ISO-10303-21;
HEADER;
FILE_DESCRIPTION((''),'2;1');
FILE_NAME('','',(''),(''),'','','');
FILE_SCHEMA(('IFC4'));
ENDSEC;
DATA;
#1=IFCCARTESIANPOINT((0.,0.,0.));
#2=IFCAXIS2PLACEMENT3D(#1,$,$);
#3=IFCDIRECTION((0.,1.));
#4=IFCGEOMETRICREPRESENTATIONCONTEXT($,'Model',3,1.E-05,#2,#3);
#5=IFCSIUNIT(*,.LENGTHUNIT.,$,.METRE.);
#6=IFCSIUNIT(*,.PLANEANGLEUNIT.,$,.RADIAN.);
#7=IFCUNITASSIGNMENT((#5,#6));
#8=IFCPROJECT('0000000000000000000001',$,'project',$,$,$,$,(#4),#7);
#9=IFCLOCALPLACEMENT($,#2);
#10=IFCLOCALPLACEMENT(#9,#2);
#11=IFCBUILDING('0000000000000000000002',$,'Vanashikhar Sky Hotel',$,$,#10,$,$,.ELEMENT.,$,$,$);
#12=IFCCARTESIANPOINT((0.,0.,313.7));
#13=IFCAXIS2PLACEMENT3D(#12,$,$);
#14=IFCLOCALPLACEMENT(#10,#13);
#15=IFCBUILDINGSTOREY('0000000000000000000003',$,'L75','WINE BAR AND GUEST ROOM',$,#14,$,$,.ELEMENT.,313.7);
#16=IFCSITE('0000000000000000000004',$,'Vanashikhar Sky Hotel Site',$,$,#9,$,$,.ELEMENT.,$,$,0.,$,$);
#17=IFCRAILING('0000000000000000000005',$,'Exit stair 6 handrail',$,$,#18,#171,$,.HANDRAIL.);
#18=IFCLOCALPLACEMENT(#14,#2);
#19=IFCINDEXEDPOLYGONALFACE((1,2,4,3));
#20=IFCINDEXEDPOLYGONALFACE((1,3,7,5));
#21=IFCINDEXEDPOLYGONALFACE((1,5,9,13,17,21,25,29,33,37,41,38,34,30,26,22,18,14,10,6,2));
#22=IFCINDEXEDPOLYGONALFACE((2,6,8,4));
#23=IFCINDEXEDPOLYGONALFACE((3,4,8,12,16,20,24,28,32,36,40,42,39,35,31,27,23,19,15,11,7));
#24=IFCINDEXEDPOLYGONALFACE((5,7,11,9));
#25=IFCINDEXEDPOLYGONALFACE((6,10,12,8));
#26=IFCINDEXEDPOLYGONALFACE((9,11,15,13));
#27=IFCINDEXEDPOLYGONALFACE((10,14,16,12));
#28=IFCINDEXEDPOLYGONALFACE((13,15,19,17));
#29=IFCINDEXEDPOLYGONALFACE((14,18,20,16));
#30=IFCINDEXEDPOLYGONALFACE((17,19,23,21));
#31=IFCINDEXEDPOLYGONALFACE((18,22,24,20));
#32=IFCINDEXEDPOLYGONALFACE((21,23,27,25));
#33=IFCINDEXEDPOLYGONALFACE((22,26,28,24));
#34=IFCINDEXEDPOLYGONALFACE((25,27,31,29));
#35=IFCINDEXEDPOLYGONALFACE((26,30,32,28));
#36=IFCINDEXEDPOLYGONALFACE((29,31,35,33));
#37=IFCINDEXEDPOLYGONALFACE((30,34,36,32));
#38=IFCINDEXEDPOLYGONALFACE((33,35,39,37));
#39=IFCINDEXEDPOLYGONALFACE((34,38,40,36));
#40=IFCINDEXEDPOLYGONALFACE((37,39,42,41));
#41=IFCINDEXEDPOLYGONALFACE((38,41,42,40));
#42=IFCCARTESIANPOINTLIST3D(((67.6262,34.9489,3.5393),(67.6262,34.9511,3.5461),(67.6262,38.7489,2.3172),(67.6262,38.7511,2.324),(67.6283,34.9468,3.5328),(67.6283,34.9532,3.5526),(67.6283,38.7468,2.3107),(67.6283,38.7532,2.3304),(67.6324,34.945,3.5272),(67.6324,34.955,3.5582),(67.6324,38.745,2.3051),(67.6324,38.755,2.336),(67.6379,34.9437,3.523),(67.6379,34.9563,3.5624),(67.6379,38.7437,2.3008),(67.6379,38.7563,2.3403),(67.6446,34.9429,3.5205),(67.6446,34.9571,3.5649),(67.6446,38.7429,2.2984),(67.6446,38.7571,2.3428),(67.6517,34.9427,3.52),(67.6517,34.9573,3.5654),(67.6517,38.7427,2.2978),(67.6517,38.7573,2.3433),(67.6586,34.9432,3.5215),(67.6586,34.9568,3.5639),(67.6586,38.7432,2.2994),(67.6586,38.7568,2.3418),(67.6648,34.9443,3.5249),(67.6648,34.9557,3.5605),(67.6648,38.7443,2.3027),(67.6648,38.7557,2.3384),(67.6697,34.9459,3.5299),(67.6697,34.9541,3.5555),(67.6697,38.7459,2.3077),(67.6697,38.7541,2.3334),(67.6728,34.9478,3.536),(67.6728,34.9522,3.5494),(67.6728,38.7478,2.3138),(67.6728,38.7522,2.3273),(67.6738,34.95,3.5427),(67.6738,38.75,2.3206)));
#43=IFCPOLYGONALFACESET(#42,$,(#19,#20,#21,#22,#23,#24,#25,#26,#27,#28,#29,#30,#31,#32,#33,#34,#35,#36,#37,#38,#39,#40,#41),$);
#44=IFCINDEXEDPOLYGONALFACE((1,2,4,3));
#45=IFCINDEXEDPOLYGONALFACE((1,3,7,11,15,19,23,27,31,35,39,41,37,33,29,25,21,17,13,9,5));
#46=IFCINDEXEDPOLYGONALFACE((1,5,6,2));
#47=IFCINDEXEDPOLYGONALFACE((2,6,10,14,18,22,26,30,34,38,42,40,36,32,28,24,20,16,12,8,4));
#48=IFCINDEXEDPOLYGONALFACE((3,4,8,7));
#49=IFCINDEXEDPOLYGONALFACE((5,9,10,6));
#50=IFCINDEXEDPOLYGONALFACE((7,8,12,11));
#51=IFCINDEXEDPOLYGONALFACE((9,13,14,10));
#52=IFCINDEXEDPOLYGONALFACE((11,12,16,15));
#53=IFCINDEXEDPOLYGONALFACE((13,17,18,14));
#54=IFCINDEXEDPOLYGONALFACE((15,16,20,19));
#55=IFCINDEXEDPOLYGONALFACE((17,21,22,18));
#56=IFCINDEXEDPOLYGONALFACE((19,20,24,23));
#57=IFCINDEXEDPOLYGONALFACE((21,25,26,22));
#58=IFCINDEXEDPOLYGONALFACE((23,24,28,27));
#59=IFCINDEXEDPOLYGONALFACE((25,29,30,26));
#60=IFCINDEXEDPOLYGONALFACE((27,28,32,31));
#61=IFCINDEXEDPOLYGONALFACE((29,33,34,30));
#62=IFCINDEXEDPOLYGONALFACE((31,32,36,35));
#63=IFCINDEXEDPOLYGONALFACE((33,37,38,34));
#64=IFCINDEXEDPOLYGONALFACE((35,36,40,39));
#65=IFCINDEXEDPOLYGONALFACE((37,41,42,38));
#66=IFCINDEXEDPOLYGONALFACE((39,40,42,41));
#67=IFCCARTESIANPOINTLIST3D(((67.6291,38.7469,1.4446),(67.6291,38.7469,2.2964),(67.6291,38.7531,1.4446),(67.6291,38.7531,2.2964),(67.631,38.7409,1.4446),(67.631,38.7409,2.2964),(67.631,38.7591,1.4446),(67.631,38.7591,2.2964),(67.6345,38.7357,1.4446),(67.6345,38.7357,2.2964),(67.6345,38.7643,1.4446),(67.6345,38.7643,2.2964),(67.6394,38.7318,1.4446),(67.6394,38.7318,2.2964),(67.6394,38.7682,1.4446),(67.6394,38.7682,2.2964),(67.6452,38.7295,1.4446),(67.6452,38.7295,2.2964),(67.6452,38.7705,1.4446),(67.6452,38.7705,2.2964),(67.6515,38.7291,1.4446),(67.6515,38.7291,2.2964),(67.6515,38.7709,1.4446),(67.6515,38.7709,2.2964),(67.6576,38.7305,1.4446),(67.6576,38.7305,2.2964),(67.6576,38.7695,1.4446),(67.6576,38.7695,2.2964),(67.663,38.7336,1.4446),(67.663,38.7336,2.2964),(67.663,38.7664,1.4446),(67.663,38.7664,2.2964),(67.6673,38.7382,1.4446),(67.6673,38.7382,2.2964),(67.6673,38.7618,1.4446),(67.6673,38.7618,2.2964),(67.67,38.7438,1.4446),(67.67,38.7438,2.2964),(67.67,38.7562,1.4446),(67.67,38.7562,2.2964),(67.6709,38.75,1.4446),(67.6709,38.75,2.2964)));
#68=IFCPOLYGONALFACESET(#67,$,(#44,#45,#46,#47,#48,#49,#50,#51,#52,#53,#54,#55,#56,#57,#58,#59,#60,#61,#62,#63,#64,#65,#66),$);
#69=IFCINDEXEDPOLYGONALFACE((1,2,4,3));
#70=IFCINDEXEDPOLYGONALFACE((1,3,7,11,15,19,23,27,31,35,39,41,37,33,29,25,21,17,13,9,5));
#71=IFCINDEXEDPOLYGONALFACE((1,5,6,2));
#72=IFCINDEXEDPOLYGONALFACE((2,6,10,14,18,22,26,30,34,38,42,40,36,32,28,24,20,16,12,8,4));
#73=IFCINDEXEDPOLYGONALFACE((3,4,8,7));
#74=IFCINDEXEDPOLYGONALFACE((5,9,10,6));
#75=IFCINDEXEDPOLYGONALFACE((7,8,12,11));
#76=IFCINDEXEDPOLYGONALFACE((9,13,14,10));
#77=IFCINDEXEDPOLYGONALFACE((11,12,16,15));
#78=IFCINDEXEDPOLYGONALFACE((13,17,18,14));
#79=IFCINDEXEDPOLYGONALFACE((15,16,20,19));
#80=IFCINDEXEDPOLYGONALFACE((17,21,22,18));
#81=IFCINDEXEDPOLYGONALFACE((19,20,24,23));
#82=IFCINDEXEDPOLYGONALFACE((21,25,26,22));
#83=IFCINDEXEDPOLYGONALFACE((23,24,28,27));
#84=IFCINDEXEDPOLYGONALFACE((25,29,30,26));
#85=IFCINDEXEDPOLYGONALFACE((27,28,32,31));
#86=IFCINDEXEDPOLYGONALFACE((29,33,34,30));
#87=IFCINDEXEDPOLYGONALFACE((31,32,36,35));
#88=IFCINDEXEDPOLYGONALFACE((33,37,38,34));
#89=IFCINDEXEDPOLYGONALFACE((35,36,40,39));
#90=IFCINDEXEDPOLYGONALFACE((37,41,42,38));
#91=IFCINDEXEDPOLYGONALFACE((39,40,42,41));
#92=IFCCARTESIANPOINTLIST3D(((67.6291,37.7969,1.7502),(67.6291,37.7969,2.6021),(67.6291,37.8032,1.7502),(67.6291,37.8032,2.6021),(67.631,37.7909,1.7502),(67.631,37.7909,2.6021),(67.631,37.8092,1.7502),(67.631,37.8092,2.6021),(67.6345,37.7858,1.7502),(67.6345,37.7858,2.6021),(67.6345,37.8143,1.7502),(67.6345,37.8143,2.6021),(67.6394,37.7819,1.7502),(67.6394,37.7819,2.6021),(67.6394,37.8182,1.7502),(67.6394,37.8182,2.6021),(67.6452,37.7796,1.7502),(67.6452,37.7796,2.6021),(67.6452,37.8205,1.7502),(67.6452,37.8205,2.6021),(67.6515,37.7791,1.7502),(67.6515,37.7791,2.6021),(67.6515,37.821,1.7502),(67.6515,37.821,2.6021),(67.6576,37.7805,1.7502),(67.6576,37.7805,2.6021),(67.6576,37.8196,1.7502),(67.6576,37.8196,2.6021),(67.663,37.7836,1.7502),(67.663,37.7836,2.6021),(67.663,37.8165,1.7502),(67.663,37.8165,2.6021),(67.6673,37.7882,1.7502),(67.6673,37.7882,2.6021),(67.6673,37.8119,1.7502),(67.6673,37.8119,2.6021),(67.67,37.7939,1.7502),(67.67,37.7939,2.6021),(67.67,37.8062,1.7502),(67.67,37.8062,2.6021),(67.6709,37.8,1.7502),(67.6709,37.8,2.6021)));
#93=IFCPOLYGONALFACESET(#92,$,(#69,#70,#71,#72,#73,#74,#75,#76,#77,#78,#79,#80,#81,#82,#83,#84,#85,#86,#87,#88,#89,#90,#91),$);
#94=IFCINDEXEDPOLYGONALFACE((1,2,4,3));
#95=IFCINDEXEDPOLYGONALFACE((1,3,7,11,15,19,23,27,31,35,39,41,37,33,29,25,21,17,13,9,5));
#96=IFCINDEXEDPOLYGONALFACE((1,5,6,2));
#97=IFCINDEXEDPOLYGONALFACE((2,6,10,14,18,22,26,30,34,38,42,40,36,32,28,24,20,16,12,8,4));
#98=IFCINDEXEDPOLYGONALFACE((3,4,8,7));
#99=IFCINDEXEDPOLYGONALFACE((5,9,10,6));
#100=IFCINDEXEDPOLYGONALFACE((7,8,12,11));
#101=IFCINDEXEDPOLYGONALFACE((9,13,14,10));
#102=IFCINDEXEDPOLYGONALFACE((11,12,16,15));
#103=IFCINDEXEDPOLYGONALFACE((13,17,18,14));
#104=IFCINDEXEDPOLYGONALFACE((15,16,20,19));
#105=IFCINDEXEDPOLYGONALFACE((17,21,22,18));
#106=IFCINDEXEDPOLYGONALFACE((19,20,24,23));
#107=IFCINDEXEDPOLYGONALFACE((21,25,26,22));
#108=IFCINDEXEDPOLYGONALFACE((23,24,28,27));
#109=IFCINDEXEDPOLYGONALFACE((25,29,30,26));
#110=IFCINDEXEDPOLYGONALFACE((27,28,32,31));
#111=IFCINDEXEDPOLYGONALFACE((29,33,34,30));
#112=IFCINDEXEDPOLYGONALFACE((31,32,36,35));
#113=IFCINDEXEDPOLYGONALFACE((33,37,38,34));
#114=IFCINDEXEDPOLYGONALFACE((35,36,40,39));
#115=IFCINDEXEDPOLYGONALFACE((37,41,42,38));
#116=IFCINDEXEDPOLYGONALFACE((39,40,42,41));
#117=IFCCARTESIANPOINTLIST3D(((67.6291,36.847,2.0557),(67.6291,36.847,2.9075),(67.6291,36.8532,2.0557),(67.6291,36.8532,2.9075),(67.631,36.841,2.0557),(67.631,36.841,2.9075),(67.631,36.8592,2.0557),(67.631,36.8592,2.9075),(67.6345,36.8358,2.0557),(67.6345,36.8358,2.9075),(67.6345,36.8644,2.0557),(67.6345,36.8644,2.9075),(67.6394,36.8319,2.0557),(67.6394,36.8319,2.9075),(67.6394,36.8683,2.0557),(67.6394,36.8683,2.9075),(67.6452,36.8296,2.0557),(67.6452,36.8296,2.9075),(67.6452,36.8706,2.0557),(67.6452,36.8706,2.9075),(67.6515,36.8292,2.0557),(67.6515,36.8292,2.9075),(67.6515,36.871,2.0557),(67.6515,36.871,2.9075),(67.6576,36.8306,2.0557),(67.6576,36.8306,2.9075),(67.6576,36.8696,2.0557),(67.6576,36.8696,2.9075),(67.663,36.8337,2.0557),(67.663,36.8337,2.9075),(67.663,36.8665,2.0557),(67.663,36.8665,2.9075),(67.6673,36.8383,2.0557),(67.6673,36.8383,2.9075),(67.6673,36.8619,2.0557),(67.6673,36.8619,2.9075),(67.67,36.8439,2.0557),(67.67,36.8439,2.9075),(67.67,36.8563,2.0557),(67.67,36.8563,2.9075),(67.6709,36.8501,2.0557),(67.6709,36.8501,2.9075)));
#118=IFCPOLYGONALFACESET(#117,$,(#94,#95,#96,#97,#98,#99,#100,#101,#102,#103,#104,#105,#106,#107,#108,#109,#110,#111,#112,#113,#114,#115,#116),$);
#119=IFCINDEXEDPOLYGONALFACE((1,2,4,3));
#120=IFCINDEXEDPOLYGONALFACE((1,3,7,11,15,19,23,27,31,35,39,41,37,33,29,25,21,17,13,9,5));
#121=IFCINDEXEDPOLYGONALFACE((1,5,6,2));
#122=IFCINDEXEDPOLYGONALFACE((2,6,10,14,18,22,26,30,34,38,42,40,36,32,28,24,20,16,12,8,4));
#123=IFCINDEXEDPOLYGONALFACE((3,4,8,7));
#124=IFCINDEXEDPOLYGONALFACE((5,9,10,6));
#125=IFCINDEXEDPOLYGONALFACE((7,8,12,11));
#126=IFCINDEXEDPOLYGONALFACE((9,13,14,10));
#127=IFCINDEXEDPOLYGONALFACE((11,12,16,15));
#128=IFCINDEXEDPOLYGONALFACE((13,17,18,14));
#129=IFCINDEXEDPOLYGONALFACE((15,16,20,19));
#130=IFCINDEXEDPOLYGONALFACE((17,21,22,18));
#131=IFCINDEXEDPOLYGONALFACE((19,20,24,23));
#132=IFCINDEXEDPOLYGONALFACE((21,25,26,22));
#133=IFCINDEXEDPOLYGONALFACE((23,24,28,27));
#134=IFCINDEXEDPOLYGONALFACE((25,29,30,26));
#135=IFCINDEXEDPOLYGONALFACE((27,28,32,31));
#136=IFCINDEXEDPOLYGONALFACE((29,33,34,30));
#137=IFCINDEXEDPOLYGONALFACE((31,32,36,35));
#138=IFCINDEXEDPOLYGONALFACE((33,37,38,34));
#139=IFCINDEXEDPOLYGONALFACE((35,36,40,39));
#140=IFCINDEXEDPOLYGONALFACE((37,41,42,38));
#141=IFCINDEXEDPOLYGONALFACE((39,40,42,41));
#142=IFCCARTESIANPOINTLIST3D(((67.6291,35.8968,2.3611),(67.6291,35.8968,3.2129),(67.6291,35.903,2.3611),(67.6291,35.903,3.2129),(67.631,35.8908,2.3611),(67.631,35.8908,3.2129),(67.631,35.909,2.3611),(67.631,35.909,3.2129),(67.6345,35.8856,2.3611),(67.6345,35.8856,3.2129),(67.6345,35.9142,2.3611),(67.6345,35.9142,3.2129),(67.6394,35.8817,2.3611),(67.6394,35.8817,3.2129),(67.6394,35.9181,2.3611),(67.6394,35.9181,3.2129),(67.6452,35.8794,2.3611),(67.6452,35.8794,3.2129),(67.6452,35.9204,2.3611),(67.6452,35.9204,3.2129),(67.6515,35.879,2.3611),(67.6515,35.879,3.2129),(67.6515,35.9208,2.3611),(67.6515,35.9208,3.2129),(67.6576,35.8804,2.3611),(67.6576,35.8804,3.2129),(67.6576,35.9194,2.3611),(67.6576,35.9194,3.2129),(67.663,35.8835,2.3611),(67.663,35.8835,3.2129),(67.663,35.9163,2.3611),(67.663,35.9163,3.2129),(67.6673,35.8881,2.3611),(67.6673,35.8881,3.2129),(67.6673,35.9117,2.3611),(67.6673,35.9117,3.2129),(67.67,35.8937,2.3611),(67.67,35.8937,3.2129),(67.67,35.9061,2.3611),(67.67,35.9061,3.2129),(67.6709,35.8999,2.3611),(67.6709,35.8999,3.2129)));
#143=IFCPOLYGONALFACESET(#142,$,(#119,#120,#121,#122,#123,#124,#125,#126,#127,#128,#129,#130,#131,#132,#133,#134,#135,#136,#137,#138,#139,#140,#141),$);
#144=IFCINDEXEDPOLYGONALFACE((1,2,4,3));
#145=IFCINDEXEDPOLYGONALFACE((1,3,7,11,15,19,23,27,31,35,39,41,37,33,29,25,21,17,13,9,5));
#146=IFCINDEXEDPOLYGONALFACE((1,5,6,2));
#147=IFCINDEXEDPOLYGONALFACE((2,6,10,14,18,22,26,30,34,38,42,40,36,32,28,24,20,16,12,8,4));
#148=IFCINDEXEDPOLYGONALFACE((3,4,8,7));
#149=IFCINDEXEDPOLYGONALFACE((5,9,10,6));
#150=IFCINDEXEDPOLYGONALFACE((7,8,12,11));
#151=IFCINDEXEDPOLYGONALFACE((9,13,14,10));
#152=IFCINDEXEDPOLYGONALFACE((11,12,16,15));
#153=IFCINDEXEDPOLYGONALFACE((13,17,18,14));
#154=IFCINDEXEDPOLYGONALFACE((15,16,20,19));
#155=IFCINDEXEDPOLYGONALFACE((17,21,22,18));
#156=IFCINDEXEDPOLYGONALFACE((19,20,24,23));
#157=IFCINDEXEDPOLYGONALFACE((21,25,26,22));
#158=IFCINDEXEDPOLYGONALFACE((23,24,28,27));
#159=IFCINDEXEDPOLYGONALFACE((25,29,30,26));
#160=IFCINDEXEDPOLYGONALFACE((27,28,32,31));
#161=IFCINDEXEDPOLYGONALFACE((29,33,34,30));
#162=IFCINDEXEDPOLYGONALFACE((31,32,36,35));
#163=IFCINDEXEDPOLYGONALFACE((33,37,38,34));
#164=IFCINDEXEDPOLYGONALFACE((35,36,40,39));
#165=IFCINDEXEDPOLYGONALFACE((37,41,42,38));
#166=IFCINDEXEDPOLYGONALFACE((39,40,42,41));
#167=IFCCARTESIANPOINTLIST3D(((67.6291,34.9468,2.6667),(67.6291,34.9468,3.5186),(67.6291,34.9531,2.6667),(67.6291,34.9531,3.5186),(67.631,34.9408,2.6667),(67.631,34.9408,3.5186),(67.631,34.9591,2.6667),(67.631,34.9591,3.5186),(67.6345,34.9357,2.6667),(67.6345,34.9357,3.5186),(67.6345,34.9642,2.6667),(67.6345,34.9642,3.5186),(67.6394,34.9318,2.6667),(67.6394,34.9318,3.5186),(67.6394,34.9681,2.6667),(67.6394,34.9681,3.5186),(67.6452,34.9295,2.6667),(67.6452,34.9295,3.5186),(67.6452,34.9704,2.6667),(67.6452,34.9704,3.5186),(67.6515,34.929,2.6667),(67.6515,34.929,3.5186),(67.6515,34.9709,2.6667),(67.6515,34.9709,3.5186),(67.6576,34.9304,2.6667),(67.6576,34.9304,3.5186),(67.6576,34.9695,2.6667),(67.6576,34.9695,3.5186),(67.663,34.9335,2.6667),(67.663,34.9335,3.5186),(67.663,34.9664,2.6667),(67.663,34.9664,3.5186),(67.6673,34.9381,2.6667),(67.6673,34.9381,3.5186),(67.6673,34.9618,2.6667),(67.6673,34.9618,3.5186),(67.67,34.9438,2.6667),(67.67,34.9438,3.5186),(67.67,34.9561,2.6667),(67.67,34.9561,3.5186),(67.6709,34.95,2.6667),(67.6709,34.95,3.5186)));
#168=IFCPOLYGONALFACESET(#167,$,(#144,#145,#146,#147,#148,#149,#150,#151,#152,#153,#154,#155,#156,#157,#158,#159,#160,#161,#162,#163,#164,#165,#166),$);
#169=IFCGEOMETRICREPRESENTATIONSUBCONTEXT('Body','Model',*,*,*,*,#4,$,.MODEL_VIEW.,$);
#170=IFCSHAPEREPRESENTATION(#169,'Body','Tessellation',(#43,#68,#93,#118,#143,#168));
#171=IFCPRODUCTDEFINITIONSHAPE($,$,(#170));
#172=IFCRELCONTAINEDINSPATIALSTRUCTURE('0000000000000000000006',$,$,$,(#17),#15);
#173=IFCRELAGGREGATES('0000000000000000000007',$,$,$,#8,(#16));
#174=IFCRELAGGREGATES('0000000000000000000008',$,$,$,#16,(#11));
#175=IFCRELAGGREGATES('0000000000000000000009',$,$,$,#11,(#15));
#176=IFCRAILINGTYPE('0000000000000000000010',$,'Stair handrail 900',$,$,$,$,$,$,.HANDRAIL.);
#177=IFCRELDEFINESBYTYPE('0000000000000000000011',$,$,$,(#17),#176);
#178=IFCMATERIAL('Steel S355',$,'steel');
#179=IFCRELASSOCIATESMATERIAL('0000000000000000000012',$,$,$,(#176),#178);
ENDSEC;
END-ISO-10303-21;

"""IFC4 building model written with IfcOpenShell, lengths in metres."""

from ifc_helpers import new_model, si_unit, direction, frame, origin, origin_2d, place, context, subcontext, project, spatial, circle, extrude, source, transform, mapped, material, type_object, element, save


model = new_model("IFC4")

# Units and contexts
model_context = context("Model", 3, precision=1e-05, world=origin(), true_north=direction((0.0, 1.0)))
body_context = subcontext(model_context, "Body", "Model", "MODEL_VIEW")
ifc_project = project(units=[si_unit("LENGTHUNIT", "METRE"), si_unit("PLANEANGLEUNIT", "RADIAN")], contexts=[model_context])

# Site, building, storey
site_placement = place(None, origin())
site = spatial("IfcSite", under=ifc_project, at=site_placement, Name="Vanashikhar Sky Hotel Site", CompositionType="ELEMENT", RefElevation=0.0)
building_placement = place(site_placement, origin())
building = spatial("IfcBuilding", under=site, at=building_placement, Name="Vanashikhar Sky Hotel", CompositionType="ELEMENT")
storey_placement = place(building_placement, frame((0.0, 0.0, 313.7)))
storey = spatial("IfcBuildingStorey", under=building, at=storey_placement, Name="L75", Description="WINE BAR AND GUEST ROOM", CompositionType="ELEMENT", Elevation=313.7)

# Railing
ifc_material_1 = material(Name="Steel S355", Category="steel")
railing_type_1 = type_object("IfcRailingType", Name="Stair handrail 900", PredefinedType="HANDRAIL", material=ifc_material_1)
shared_shape_1 = source(origin(), body_context, "Body", "SweptSolid", [
    extrude(circle(Radius=0.0239, at=origin_2d()), frame((0.0, 0.0, 0.876), z_axis=(0.0, -0.951976, 0.306173), x_axis=(1.0, 0.0, 0.0)), (0.0, 0.0, 1.0), 3.9917),
    extrude(circle(Radius=0.021, at=origin_2d()), origin(), (0.0, 0.0, 1.0), 0.8518),
    extrude(circle(Radius=0.021, at=origin_2d()), frame((0.0, -0.95, 0.3057)), (0.0, 0.0, 1.0), 0.8518),
    extrude(circle(Radius=0.021, at=origin_2d()), frame((0.0, -1.8999, 0.6111)), (0.0, 0.0, 1.0), 0.8518),
    extrude(circle(Radius=0.021, at=origin_2d()), frame((0.0, -2.8501, 0.9165)), (0.0, 0.0, 1.0), 0.8518),
    extrude(circle(Radius=0.021, at=origin_2d()), frame((0.0, -3.8, 1.2222)), (0.0, 0.0, 1.0), 0.8518),
])
for number, where, name in (
    (1, (67.6499, 38.75, 1.4446), "Exit stair 6 handrail"),
):
    element("IfcRailing", number, at=place(storey_placement, frame(where)), inside=storey, type_object=railing_type_1, Name=name, PredefinedType="HANDRAIL", context=body_context, shape_type="MappedRepresentation", body=[
        mapped(shared_shape_1, transform((0.0, 0.0, 0.0), scale=1.0)),
    ])

save(model, "model.ifc")
